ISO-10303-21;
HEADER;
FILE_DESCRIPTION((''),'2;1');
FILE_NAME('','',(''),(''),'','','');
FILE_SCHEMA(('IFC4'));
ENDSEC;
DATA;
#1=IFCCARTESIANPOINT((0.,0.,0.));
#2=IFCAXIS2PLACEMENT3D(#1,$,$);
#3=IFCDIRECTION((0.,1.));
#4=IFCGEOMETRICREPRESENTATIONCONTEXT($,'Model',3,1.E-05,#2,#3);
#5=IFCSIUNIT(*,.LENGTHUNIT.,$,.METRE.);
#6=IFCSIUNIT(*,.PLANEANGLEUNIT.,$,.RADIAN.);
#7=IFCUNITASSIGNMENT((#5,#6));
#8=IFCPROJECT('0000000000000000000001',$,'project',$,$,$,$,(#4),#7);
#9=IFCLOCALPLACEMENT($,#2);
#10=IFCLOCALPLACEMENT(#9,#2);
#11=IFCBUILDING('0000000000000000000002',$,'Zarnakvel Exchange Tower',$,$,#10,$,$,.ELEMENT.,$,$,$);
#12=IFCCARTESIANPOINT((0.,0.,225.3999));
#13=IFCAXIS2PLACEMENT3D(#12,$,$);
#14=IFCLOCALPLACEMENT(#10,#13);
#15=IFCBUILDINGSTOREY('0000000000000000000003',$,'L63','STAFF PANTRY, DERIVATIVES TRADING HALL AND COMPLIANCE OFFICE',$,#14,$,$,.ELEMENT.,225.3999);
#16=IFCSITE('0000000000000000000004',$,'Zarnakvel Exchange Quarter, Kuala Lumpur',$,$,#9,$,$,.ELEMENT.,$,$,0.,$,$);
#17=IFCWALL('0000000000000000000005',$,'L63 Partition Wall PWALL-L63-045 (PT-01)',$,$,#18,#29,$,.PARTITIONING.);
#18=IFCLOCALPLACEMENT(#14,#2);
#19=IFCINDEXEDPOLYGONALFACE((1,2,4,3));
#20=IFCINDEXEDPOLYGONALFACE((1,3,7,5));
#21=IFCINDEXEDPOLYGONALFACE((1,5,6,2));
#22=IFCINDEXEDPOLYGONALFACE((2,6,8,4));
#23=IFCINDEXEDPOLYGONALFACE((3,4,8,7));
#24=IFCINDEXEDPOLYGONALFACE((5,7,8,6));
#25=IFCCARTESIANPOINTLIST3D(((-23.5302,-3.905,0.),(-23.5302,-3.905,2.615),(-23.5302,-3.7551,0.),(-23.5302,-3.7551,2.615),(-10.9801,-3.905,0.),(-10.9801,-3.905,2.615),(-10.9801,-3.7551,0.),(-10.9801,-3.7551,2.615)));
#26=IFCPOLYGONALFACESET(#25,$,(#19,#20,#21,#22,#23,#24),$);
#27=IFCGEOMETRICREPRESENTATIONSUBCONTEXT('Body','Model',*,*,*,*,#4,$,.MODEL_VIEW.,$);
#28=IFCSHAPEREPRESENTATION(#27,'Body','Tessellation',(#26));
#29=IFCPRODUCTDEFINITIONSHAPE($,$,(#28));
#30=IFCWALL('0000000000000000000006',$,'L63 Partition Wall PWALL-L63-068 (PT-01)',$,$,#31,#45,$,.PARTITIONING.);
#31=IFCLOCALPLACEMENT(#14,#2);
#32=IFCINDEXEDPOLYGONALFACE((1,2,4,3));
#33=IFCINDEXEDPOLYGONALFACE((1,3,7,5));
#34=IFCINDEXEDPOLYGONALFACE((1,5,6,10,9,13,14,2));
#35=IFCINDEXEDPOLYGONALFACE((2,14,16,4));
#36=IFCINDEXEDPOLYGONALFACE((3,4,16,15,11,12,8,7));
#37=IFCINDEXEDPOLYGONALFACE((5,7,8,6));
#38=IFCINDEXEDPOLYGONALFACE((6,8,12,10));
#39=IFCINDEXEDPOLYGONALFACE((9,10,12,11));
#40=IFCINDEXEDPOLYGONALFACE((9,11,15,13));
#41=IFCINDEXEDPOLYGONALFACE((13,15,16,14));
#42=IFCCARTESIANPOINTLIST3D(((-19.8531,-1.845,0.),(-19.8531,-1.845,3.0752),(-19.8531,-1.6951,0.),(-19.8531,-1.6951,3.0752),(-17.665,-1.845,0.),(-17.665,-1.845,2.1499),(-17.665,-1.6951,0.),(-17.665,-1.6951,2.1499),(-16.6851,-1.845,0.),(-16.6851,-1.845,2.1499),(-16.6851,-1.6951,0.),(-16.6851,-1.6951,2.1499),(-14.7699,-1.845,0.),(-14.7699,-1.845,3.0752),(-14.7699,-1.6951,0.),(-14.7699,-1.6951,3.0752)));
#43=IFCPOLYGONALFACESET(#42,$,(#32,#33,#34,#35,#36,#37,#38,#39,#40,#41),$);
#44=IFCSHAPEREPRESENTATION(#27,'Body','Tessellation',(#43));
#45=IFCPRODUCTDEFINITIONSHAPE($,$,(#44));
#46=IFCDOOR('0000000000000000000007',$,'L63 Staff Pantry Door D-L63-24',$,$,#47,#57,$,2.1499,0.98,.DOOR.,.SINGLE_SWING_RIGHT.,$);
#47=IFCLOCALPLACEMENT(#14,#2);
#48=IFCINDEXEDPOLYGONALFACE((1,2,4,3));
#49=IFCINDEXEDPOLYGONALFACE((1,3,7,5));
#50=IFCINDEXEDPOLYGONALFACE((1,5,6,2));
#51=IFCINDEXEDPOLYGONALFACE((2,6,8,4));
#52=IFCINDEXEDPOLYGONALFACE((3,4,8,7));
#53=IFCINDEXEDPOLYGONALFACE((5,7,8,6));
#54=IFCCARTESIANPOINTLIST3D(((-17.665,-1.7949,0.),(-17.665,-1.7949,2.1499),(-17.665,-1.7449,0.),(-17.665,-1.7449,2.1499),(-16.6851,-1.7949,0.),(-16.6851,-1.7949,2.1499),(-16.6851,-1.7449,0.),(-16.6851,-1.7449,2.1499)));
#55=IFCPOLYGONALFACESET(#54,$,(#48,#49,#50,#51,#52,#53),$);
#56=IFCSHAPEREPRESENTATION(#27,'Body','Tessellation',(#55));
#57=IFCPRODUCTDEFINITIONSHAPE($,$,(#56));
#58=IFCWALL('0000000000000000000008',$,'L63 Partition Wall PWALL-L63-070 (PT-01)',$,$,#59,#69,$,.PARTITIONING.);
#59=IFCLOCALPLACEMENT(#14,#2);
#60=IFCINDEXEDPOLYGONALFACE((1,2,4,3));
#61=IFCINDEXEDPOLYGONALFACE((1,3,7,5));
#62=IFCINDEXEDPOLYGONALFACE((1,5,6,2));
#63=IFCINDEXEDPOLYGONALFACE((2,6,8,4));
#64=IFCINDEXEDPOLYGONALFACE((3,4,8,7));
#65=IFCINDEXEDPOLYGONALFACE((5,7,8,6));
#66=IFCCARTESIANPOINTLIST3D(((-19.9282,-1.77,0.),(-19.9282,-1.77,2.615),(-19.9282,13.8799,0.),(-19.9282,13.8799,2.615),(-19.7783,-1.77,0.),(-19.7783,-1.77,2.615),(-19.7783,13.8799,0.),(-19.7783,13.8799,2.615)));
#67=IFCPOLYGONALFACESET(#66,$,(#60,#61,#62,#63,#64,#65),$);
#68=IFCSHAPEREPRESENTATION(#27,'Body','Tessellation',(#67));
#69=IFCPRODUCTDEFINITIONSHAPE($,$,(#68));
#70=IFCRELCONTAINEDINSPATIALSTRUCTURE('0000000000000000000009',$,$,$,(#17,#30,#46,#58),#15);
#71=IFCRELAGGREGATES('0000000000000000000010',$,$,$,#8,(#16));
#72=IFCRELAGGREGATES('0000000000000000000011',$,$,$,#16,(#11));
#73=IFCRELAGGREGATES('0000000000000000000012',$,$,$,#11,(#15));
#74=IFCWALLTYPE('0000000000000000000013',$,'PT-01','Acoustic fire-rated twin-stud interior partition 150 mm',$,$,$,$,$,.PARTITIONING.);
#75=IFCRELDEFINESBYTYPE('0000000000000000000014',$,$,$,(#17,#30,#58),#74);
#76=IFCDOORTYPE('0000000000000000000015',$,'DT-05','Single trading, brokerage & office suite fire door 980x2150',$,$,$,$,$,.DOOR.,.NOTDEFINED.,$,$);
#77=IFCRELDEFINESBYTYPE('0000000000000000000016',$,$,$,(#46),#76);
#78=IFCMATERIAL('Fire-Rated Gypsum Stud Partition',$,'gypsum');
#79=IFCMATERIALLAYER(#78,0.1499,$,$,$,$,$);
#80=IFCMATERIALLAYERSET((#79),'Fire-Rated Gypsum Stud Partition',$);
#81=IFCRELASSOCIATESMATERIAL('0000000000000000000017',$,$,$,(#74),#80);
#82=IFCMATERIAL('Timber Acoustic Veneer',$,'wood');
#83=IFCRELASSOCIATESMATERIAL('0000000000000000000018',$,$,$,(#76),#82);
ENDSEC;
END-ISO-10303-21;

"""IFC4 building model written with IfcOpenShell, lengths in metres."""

from ifc_helpers import new_model, si_unit, direction, frame, frame_2d, origin, place, context, subcontext, project, spatial, rectangle, extrude, source, transform, mapped, material, layer, layer_set, type_object, element, fill, save


model = new_model("IFC4")

# Units and contexts
model_context = context("Model", 3, precision=1e-05, world=origin(), true_north=direction((0.0, 1.0)))
body_context = subcontext(model_context, "Body", "Model", "MODEL_VIEW")
ifc_project = project(units=[si_unit("LENGTHUNIT", "METRE"), si_unit("PLANEANGLEUNIT", "RADIAN")], contexts=[model_context])

# Site, building, storey
site_placement = place(None, origin())
site = spatial("IfcSite", under=ifc_project, at=site_placement, Name="Zarnakvel Exchange Quarter, Kuala Lumpur", CompositionType="ELEMENT", RefElevation=0.0)
building_placement = place(site_placement, origin())
building = spatial("IfcBuilding", under=site, at=building_placement, Name="Zarnakvel Exchange Tower", CompositionType="ELEMENT")
storey_placement = place(building_placement, frame((0.0, 0.0, 225.3999)))
storey = spatial("IfcBuildingStorey", under=building, at=storey_placement, Name="L63", Description="STAFF PANTRY, DERIVATIVES TRADING HALL AND COMPLIANCE OFFICE", CompositionType="ELEMENT", Elevation=225.3999)

# Wall
ifc_material_1 = material(Name="Fire-Rated Gypsum Stud Partition", Category="gypsum")
ifc_layer_1 = layer(ifc_material_1, 0.1499)
ifc_layer_set_1 = layer_set([ifc_layer_1], Name="Fire-Rated Gypsum Stud Partition")
wall_type_1 = type_object("IfcWallType", Name="PT-01", Description="Acoustic fire-rated twin-stud interior partition 150 mm", PredefinedType="PARTITIONING", material=ifc_layer_set_1)
wall_1_placement = place(storey_placement, frame((-23.53, -3.8301, 0.0), z_axis=(0.0, 0.0, 1.0), x_axis=(1.0, 0.0, 0.0)))
element("IfcWall", 1, at=wall_1_placement, inside=storey, type_object=wall_type_1, Name="L63 Partition Wall PWALL-L63-045 (PT-01)", PredefinedType="PARTITIONING", context=body_context, shape_type="SweptSolid", body=[
    extrude(rectangle(XDim=12.55, YDim=0.1499, at=frame_2d((6.2749, 0.0))), origin(), (0.0, 0.0, 1.0), 2.615),
])

# Wall, opening, door
wall_2_placement = place(storey_placement, frame((-14.77, -1.77, 0.0), z_axis=(0.0, 0.0, 1.0), x_axis=(-1.0, 0.0, 0.0)))
wall_2 = element("IfcWall", 2, at=wall_2_placement, inside=storey, type_object=wall_type_1, Name="L63 Partition Wall PWALL-L63-068 (PT-01)", PredefinedType="PARTITIONING", context=body_context, shape_type="SweptSolid", body=[
    extrude(rectangle(XDim=5.0833, YDim=0.1499, at=frame_2d((2.5415, 0.0))), origin(), (0.0, 0.0, 1.0), 3.0752),
])
opening_placement = place(wall_2_placement, frame((1.915, 0.0, 0.0)))
opening = element("IfcOpeningElement", 3, at=opening_placement, cuts=wall_2, PredefinedType="OPENING", context=body_context, shape_type="SweptSolid", body=[
    extrude(rectangle(XDim=0.98, YDim=2.1499, at=frame_2d((0.49, 1.075))), frame((0.0, 0.085, 0.0), z_axis=(0.0, -1.0, 0.0), x_axis=(1.0, 0.0, 0.0)), (0.0, 0.0, 1.0), 0.1699),
])
ifc_material_2 = material(Name="Timber Acoustic Veneer", Category="wood")
door_type = type_object("IfcDoorType", Name="DT-05", Description="Single trading, brokerage & office suite fire door 980x2150", OperationType="NOTDEFINED", PredefinedType="DOOR", material=ifc_material_2)
shared_shape_1 = source(origin(), body_context, "Body", "SweptSolid", [
    extrude(rectangle(XDim=0.98, YDim=2.1499, at=frame_2d((0.49, 1.075))), frame((0.0, 0.0249, 0.0), z_axis=(0.0, -1.0, 0.0), x_axis=(1.0, 0.0, 0.0)), (0.0, 0.0, 1.0), 0.05),
])
door_placement = place(opening_placement, origin())
door = element("IfcDoor", 4, at=door_placement, inside=storey, type_object=door_type, Name="L63 Staff Pantry Door D-L63-24", OperationType="SINGLE_SWING_RIGHT", OverallHeight=2.1499, OverallWidth=0.98, PredefinedType="DOOR", context=body_context, shape_type="MappedRepresentation", body=[
    mapped(shared_shape_1, transform((0.0, 0.0, 0.0), x_axis=(1.0, 0.0, 0.0), y_axis=(0.0, 1.0, 0.0), z_axis=(0.0, 0.0, 1.0), scale=1.0)),
])
fill(opening, door)

# Wall
wall_3_placement = place(storey_placement, frame((-19.8533, -1.77, 0.0), z_axis=(0.0, 0.0, 1.0), x_axis=(0.0, 1.0, 0.0)))
element("IfcWall", 5, at=wall_3_placement, inside=storey, type_object=wall_type_1, Name="L63 Partition Wall PWALL-L63-070 (PT-01)", PredefinedType="PARTITIONING", context=body_context, shape_type="SweptSolid", body=[
    extrude(rectangle(XDim=15.6499, YDim=0.1499, at=frame_2d((7.825, 0.0))), origin(), (0.0, 0.0, 1.0), 2.615),
])

save(model, "model.ifc")
